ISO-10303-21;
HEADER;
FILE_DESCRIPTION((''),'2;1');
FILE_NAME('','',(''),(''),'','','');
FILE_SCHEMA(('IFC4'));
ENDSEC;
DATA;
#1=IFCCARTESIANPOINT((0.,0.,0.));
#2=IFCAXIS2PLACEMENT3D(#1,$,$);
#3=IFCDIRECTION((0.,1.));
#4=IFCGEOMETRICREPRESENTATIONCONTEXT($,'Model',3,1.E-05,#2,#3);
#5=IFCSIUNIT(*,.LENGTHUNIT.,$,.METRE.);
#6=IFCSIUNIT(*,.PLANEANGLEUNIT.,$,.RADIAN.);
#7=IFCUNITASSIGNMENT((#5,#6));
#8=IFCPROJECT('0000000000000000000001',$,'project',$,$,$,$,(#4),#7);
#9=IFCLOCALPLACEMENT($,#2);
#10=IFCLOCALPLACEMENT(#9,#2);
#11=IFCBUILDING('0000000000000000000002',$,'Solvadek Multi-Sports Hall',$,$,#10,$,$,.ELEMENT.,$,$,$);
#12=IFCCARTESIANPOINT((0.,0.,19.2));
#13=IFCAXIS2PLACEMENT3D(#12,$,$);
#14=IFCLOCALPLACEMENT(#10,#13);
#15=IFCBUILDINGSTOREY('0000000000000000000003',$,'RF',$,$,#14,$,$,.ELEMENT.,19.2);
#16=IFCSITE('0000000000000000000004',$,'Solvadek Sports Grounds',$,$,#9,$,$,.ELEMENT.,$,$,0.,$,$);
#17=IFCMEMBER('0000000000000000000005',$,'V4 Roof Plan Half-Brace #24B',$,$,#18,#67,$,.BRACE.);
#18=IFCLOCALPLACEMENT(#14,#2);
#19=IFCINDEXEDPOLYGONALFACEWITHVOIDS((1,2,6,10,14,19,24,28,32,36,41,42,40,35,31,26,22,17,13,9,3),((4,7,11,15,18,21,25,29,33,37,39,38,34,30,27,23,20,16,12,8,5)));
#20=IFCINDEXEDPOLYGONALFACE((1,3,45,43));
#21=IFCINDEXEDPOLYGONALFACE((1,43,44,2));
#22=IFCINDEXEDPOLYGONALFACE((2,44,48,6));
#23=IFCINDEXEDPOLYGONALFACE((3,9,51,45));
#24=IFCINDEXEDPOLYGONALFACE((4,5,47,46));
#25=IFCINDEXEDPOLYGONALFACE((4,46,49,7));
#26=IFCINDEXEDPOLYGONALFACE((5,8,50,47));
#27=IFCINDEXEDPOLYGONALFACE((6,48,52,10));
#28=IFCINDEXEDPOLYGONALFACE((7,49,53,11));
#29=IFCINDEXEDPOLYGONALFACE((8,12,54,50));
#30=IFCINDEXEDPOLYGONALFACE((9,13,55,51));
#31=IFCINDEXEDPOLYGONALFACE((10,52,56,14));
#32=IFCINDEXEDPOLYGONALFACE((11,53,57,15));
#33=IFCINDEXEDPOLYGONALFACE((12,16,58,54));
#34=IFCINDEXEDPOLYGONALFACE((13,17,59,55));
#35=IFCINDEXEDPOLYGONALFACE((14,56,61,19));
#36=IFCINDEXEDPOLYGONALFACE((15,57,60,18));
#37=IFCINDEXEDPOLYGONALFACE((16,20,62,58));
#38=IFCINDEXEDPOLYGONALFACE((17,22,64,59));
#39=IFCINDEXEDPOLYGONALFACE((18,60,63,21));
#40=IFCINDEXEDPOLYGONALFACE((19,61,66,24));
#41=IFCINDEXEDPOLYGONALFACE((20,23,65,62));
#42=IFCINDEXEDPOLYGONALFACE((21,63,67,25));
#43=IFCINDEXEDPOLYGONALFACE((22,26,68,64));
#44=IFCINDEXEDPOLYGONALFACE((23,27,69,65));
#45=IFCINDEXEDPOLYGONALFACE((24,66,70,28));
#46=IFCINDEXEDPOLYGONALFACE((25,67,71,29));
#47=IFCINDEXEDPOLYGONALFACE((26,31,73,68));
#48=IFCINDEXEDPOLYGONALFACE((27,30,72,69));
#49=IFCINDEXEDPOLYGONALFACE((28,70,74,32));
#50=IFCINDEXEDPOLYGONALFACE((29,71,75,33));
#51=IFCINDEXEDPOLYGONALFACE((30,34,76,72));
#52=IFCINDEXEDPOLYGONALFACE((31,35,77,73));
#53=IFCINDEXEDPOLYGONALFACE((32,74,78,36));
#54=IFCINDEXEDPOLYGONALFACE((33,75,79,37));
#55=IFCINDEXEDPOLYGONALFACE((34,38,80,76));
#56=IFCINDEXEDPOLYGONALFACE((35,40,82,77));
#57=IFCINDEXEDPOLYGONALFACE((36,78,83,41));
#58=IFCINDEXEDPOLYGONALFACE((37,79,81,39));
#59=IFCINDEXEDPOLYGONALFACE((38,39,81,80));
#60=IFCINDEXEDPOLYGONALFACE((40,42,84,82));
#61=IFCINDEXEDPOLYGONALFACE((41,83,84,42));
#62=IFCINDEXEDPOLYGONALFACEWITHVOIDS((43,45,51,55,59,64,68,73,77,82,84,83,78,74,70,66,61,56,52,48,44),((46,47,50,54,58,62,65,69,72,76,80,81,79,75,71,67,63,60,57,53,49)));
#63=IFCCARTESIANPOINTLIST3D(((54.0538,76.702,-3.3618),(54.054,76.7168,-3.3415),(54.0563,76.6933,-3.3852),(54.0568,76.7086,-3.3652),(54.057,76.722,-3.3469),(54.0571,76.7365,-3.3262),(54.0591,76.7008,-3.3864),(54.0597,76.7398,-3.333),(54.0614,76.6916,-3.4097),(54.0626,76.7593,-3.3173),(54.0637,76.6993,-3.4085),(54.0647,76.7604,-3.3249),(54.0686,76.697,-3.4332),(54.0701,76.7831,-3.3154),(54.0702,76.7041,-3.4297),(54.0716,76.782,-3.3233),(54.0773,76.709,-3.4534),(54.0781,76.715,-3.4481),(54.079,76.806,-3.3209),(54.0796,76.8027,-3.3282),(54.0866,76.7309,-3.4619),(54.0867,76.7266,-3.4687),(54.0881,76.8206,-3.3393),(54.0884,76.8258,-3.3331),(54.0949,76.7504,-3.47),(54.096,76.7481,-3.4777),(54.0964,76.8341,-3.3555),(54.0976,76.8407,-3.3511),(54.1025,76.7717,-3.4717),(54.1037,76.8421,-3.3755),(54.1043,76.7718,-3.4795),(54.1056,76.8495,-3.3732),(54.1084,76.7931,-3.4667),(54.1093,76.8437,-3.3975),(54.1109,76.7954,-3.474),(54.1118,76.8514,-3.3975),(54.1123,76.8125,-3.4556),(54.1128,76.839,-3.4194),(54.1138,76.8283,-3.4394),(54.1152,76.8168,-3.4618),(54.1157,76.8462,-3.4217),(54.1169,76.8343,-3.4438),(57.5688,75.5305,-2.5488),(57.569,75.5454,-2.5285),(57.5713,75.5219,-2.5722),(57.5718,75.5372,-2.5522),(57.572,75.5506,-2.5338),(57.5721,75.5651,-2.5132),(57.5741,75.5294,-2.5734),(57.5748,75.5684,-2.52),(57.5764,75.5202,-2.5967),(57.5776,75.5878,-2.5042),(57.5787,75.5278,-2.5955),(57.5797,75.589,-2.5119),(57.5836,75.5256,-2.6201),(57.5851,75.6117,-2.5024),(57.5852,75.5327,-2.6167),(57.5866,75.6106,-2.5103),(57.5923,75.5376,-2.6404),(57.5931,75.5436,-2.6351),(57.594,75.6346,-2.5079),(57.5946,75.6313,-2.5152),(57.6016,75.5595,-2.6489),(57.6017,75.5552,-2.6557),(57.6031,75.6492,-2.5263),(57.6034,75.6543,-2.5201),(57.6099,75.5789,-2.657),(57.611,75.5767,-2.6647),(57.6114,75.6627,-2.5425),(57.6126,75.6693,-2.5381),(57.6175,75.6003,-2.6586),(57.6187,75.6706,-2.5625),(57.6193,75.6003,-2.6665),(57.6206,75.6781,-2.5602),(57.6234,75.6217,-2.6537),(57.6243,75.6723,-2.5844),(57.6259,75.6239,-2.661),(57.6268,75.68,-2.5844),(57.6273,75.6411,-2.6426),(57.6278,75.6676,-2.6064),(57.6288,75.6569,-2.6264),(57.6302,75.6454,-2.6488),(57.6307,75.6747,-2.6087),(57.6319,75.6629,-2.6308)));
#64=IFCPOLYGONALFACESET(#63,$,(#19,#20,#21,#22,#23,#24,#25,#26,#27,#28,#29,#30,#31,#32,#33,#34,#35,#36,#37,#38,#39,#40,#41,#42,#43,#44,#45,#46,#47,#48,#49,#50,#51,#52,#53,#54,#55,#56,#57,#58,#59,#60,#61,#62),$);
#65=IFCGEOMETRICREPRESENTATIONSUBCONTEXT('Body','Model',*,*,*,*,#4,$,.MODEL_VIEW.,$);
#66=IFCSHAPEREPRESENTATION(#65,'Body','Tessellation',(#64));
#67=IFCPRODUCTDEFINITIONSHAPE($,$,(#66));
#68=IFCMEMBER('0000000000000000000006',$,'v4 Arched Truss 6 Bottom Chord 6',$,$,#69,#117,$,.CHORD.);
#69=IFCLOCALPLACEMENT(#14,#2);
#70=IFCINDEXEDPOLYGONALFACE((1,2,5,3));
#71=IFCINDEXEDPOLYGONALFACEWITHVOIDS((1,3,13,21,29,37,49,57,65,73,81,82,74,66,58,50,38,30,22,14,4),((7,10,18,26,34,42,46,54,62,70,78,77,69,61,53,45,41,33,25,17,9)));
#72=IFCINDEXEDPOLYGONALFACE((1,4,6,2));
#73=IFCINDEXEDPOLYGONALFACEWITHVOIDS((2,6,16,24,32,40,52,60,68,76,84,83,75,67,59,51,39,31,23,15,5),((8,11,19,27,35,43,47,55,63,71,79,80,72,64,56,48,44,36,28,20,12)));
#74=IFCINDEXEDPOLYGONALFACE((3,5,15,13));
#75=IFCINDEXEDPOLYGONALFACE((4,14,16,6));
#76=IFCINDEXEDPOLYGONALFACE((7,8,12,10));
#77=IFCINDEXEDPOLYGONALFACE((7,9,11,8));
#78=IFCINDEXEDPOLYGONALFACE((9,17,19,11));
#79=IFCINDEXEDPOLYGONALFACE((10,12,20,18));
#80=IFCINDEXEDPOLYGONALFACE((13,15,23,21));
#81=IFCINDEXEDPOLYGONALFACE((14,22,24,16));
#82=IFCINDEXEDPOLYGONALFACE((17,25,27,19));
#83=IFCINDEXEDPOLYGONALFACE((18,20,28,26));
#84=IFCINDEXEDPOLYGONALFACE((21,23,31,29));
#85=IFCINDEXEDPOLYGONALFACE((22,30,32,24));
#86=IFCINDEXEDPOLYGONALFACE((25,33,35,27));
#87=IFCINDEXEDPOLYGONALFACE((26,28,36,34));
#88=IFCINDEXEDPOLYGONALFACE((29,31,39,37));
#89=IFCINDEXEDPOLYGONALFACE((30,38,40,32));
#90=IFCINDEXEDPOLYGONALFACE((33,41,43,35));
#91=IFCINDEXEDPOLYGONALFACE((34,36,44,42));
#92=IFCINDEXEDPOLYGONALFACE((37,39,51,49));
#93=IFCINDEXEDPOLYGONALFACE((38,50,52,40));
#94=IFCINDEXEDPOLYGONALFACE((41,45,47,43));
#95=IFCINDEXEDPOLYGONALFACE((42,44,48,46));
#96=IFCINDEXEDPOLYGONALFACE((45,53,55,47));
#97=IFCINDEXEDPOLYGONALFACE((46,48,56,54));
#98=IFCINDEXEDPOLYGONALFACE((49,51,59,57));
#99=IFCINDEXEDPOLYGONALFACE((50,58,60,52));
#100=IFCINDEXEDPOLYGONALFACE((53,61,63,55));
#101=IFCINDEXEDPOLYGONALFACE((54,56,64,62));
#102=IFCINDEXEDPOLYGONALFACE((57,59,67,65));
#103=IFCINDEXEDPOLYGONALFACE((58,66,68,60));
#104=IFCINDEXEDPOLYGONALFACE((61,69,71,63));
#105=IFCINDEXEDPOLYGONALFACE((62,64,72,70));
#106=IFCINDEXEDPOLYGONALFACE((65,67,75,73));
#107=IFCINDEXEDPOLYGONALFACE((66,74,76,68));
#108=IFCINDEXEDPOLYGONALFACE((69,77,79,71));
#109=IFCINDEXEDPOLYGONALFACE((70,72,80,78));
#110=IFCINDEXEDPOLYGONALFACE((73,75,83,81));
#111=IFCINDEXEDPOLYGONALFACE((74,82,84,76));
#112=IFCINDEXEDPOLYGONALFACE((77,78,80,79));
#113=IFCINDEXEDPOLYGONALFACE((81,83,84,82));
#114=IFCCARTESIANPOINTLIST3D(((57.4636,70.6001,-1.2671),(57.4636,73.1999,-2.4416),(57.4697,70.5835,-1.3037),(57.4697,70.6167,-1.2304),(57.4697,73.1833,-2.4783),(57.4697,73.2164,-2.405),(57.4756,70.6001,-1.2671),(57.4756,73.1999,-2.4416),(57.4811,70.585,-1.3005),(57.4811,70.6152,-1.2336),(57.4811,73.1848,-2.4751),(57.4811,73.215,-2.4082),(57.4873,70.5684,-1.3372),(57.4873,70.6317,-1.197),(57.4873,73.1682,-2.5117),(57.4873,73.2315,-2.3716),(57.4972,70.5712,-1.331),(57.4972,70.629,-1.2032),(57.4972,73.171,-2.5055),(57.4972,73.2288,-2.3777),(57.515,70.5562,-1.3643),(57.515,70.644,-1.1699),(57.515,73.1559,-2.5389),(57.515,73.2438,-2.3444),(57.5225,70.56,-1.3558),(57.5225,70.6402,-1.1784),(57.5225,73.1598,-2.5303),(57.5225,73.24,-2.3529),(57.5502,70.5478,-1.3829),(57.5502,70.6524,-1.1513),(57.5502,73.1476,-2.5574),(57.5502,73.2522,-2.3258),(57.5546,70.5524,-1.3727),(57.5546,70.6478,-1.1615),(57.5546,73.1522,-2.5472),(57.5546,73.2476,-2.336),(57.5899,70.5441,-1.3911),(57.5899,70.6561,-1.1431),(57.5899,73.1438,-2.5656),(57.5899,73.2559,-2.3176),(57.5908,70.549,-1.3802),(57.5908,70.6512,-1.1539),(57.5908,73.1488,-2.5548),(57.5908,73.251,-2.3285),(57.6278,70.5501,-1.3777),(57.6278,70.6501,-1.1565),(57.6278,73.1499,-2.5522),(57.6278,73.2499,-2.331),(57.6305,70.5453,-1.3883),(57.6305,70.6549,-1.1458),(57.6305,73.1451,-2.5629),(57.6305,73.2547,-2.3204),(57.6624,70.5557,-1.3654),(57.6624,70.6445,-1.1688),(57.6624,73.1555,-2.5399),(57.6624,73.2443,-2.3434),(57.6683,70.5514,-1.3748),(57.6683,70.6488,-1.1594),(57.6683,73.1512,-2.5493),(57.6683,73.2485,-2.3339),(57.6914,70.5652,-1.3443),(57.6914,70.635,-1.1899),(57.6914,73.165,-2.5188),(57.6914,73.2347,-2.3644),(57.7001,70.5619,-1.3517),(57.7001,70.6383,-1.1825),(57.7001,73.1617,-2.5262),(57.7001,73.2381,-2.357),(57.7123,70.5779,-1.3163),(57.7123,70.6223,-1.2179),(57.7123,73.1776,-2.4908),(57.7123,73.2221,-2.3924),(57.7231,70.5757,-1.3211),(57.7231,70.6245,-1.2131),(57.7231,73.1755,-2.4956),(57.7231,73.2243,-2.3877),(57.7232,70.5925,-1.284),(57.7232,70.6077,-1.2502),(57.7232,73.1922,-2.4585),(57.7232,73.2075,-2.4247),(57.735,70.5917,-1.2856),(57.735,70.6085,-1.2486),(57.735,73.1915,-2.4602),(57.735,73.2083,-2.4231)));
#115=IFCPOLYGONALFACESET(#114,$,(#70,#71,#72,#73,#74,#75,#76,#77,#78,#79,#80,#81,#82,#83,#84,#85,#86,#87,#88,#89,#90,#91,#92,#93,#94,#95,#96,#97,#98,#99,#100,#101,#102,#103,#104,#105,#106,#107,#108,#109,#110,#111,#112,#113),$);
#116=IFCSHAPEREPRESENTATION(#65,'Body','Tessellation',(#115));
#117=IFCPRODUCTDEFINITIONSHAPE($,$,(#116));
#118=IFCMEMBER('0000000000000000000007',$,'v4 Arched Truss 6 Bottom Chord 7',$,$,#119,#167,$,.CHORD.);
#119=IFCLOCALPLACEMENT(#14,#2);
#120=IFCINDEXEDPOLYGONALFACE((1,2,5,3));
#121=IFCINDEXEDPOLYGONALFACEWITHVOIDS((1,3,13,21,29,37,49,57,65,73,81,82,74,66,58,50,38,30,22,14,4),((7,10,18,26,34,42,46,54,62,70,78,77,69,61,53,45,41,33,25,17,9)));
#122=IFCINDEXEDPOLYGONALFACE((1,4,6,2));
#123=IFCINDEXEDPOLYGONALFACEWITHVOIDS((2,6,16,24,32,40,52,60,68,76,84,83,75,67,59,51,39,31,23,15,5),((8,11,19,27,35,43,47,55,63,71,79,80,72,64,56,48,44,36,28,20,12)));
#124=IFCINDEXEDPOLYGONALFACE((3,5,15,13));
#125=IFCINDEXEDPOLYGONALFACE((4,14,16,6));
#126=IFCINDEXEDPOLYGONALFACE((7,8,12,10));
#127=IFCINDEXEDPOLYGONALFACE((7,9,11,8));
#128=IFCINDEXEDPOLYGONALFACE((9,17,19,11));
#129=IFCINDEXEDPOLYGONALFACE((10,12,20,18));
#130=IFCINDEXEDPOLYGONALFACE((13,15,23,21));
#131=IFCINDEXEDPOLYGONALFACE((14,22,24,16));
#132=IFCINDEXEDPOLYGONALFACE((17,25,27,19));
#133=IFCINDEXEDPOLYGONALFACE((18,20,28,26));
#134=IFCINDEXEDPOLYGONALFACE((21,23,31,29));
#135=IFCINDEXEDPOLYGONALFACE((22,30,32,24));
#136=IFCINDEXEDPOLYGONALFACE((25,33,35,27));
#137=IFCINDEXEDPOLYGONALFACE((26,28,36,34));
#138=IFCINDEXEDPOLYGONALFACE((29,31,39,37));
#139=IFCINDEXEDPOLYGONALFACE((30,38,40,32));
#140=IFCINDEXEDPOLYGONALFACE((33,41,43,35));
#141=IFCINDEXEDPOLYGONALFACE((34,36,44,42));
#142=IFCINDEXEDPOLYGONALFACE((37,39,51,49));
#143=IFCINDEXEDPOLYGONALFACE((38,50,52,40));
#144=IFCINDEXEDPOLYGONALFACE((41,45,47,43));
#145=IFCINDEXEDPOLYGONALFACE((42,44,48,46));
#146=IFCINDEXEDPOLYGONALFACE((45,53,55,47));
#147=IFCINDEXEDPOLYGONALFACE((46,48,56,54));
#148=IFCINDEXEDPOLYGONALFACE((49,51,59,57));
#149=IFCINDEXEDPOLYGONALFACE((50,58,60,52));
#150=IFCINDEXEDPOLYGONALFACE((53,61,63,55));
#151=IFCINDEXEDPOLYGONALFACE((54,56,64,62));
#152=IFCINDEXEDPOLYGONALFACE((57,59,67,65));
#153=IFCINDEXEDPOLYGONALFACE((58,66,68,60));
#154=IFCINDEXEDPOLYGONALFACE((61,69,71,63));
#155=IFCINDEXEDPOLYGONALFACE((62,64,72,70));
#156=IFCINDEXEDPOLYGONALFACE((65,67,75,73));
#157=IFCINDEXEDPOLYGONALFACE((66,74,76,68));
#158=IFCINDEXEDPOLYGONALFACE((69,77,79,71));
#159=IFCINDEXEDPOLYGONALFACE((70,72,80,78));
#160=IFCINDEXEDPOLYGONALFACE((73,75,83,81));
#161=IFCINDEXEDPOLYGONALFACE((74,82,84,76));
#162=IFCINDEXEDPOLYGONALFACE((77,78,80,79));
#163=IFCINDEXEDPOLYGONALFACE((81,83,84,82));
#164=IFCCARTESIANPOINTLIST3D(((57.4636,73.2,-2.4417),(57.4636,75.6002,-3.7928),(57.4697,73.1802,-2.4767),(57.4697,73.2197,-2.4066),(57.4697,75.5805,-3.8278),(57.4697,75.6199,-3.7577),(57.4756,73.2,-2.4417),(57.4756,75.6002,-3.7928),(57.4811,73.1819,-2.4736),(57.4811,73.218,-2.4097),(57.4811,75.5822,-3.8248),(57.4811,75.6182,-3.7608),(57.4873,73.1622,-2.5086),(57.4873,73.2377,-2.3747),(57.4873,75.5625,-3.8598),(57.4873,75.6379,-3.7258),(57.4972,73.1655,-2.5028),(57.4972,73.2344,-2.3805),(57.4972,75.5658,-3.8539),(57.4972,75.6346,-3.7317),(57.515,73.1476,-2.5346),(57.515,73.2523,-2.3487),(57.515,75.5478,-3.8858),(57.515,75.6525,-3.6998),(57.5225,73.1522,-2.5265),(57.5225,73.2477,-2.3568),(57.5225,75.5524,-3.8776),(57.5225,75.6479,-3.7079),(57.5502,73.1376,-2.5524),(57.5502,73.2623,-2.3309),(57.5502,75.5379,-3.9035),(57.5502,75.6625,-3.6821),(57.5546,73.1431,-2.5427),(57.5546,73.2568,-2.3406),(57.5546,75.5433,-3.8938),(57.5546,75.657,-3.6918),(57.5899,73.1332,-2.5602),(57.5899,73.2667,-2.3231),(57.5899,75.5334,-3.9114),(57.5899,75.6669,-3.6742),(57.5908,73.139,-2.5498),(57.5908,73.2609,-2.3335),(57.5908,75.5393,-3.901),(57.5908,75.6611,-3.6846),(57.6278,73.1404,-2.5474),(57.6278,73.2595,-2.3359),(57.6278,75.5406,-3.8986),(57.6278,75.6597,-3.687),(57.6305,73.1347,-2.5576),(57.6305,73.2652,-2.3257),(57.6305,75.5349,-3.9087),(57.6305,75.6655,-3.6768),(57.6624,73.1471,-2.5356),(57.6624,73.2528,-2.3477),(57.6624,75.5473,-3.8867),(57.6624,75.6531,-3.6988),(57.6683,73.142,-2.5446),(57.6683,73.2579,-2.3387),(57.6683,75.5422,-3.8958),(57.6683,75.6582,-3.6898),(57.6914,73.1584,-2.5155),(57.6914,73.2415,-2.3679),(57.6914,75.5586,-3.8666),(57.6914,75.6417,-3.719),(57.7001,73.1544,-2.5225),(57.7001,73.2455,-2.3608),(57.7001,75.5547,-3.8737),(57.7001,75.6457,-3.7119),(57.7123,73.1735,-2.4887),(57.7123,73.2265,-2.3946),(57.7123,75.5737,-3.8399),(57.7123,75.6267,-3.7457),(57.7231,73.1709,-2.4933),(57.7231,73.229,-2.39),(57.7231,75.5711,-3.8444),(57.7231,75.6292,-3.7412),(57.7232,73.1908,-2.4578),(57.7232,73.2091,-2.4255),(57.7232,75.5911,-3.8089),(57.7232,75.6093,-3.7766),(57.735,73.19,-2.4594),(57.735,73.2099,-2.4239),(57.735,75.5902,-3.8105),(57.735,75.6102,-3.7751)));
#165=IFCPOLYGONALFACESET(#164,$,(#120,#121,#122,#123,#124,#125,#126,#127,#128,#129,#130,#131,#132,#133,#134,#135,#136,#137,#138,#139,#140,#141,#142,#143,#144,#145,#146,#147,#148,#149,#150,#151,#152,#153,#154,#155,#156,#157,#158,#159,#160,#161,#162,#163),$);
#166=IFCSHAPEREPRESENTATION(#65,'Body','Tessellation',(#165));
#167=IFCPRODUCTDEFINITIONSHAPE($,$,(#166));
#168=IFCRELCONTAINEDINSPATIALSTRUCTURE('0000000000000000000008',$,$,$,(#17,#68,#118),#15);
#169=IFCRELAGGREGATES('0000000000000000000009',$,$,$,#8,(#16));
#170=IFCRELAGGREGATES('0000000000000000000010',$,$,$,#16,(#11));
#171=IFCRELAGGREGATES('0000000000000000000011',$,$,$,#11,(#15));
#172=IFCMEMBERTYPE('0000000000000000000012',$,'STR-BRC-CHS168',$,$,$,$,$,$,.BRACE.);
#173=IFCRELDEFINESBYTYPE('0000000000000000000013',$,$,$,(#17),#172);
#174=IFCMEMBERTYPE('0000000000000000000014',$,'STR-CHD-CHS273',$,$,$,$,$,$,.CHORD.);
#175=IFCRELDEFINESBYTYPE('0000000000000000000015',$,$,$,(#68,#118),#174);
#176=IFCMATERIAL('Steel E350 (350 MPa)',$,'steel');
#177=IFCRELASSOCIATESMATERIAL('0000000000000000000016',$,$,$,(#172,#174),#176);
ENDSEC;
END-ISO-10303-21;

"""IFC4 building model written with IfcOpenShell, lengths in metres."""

from ifc_helpers import new_model, si_unit, direction, frame, origin, origin_2d, place, context, subcontext, project, spatial, hollow_circle, extrude, material, material_profile, profile_set, type_object, element, save


model = new_model("IFC4")

# Units and contexts
model_context = context("Model", 3, precision=1e-05, world=origin(), true_north=direction((0.0, 1.0)))
body_context = subcontext(model_context, "Body", "Model", "MODEL_VIEW")
ifc_project = project(units=[si_unit("LENGTHUNIT", "METRE"), si_unit("PLANEANGLEUNIT", "RADIAN")], contexts=[model_context])

# Site, building, storey
site_placement = place(None, origin())
site = spatial("IfcSite", under=ifc_project, at=site_placement, Name="Solvadek Sports Grounds", CompositionType="ELEMENT", RefElevation=0.0)
building_placement = place(site_placement, origin())
building = spatial("IfcBuilding", under=site, at=building_placement, Name="Solvadek Multi-Sports Hall", CompositionType="ELEMENT")
storey_placement = place(building_placement, frame((0.0, 0.0, 19.2)))
storey = spatial("IfcBuildingStorey", under=building, at=storey_placement, Name="RF", CompositionType="ELEMENT", Elevation=19.2)

# Shared definitions
ifc_material_1 = material(Name="Steel E350 (350 MPa)", Category="steel")

# Members
ifc_material_profile_1 = material_profile(ifc_material_1, hollow_circle(Radius=0.0842, WallThickness=0.0081, at=origin_2d()), Name="CHS 168.3x8")
ifc_profile_set_1 = profile_set([ifc_material_profile_1], Name="Steel E350 (350 MPa)")
member_type_1 = type_object("IfcMemberType", Name="STR-BRC-CHS168", PredefinedType="BRACE", material=ifc_profile_set_1)
for number, where, z_axis, x_axis, name in (
    (1, (54.0852, 76.7715, -3.3975), (0.926656, -0.308821, 0.214334), (0.316168, 0.948703, 0.0), "V4 Roof Plan Half-Brace #24B"),
):
    element("IfcMember", number, at=place(storey_placement, frame(where, z_axis=z_axis, x_axis=x_axis)), inside=storey, type_object=member_type_1, Name=name, PredefinedType="BRACE", context=body_context, shape_type="SweptSolid", body=[
        extrude(hollow_circle(Radius=0.0842, WallThickness=0.0081, at=origin_2d()), origin(), (0.0, 0.0, 1.0), 3.7932),
    ])
ifc_material_profile_2 = material_profile(ifc_material_1, hollow_circle(Radius=0.1365, WallThickness=0.012, at=origin_2d()), Name="CHS 273.0x12")
ifc_profile_set_2 = profile_set([ifc_material_profile_2], Name="Steel E350 (350 MPa)")
member_type_2 = type_object("IfcMemberType", Name="STR-CHD-CHS273", PredefinedType="CHORD", material=ifc_profile_set_2)
member_1_placement = place(storey_placement, frame((57.6001, 70.6001, -1.2671), z_axis=(0.0, 0.911314, -0.411713), x_axis=(-1.0, 0.0, 0.0)))
element("IfcMember", 2, at=member_1_placement, inside=storey, type_object=member_type_2, Name="v4 Arched Truss 6 Bottom Chord 6", PredefinedType="CHORD", context=body_context, shape_type="SweptSolid", body=[
    extrude(hollow_circle(Radius=0.1365, WallThickness=0.012, at=origin_2d()), origin(), (0.0, 0.0, 1.0), 2.8528),
])
member_2_placement = place(storey_placement, frame((57.6001, 73.2, -2.4417), z_axis=(0.0, 0.871422, -0.490535), x_axis=(-1.0, 0.0, 0.0)))
element("IfcMember", 3, at=member_2_placement, inside=storey, type_object=member_type_2, Name="v4 Arched Truss 6 Bottom Chord 7", PredefinedType="CHORD", context=body_context, shape_type="SweptSolid", body=[
    extrude(hollow_circle(Radius=0.1365, WallThickness=0.012, at=origin_2d()), origin(), (0.0, 0.0, 1.0), 2.7544),
])

save(model, "model.ifc")
